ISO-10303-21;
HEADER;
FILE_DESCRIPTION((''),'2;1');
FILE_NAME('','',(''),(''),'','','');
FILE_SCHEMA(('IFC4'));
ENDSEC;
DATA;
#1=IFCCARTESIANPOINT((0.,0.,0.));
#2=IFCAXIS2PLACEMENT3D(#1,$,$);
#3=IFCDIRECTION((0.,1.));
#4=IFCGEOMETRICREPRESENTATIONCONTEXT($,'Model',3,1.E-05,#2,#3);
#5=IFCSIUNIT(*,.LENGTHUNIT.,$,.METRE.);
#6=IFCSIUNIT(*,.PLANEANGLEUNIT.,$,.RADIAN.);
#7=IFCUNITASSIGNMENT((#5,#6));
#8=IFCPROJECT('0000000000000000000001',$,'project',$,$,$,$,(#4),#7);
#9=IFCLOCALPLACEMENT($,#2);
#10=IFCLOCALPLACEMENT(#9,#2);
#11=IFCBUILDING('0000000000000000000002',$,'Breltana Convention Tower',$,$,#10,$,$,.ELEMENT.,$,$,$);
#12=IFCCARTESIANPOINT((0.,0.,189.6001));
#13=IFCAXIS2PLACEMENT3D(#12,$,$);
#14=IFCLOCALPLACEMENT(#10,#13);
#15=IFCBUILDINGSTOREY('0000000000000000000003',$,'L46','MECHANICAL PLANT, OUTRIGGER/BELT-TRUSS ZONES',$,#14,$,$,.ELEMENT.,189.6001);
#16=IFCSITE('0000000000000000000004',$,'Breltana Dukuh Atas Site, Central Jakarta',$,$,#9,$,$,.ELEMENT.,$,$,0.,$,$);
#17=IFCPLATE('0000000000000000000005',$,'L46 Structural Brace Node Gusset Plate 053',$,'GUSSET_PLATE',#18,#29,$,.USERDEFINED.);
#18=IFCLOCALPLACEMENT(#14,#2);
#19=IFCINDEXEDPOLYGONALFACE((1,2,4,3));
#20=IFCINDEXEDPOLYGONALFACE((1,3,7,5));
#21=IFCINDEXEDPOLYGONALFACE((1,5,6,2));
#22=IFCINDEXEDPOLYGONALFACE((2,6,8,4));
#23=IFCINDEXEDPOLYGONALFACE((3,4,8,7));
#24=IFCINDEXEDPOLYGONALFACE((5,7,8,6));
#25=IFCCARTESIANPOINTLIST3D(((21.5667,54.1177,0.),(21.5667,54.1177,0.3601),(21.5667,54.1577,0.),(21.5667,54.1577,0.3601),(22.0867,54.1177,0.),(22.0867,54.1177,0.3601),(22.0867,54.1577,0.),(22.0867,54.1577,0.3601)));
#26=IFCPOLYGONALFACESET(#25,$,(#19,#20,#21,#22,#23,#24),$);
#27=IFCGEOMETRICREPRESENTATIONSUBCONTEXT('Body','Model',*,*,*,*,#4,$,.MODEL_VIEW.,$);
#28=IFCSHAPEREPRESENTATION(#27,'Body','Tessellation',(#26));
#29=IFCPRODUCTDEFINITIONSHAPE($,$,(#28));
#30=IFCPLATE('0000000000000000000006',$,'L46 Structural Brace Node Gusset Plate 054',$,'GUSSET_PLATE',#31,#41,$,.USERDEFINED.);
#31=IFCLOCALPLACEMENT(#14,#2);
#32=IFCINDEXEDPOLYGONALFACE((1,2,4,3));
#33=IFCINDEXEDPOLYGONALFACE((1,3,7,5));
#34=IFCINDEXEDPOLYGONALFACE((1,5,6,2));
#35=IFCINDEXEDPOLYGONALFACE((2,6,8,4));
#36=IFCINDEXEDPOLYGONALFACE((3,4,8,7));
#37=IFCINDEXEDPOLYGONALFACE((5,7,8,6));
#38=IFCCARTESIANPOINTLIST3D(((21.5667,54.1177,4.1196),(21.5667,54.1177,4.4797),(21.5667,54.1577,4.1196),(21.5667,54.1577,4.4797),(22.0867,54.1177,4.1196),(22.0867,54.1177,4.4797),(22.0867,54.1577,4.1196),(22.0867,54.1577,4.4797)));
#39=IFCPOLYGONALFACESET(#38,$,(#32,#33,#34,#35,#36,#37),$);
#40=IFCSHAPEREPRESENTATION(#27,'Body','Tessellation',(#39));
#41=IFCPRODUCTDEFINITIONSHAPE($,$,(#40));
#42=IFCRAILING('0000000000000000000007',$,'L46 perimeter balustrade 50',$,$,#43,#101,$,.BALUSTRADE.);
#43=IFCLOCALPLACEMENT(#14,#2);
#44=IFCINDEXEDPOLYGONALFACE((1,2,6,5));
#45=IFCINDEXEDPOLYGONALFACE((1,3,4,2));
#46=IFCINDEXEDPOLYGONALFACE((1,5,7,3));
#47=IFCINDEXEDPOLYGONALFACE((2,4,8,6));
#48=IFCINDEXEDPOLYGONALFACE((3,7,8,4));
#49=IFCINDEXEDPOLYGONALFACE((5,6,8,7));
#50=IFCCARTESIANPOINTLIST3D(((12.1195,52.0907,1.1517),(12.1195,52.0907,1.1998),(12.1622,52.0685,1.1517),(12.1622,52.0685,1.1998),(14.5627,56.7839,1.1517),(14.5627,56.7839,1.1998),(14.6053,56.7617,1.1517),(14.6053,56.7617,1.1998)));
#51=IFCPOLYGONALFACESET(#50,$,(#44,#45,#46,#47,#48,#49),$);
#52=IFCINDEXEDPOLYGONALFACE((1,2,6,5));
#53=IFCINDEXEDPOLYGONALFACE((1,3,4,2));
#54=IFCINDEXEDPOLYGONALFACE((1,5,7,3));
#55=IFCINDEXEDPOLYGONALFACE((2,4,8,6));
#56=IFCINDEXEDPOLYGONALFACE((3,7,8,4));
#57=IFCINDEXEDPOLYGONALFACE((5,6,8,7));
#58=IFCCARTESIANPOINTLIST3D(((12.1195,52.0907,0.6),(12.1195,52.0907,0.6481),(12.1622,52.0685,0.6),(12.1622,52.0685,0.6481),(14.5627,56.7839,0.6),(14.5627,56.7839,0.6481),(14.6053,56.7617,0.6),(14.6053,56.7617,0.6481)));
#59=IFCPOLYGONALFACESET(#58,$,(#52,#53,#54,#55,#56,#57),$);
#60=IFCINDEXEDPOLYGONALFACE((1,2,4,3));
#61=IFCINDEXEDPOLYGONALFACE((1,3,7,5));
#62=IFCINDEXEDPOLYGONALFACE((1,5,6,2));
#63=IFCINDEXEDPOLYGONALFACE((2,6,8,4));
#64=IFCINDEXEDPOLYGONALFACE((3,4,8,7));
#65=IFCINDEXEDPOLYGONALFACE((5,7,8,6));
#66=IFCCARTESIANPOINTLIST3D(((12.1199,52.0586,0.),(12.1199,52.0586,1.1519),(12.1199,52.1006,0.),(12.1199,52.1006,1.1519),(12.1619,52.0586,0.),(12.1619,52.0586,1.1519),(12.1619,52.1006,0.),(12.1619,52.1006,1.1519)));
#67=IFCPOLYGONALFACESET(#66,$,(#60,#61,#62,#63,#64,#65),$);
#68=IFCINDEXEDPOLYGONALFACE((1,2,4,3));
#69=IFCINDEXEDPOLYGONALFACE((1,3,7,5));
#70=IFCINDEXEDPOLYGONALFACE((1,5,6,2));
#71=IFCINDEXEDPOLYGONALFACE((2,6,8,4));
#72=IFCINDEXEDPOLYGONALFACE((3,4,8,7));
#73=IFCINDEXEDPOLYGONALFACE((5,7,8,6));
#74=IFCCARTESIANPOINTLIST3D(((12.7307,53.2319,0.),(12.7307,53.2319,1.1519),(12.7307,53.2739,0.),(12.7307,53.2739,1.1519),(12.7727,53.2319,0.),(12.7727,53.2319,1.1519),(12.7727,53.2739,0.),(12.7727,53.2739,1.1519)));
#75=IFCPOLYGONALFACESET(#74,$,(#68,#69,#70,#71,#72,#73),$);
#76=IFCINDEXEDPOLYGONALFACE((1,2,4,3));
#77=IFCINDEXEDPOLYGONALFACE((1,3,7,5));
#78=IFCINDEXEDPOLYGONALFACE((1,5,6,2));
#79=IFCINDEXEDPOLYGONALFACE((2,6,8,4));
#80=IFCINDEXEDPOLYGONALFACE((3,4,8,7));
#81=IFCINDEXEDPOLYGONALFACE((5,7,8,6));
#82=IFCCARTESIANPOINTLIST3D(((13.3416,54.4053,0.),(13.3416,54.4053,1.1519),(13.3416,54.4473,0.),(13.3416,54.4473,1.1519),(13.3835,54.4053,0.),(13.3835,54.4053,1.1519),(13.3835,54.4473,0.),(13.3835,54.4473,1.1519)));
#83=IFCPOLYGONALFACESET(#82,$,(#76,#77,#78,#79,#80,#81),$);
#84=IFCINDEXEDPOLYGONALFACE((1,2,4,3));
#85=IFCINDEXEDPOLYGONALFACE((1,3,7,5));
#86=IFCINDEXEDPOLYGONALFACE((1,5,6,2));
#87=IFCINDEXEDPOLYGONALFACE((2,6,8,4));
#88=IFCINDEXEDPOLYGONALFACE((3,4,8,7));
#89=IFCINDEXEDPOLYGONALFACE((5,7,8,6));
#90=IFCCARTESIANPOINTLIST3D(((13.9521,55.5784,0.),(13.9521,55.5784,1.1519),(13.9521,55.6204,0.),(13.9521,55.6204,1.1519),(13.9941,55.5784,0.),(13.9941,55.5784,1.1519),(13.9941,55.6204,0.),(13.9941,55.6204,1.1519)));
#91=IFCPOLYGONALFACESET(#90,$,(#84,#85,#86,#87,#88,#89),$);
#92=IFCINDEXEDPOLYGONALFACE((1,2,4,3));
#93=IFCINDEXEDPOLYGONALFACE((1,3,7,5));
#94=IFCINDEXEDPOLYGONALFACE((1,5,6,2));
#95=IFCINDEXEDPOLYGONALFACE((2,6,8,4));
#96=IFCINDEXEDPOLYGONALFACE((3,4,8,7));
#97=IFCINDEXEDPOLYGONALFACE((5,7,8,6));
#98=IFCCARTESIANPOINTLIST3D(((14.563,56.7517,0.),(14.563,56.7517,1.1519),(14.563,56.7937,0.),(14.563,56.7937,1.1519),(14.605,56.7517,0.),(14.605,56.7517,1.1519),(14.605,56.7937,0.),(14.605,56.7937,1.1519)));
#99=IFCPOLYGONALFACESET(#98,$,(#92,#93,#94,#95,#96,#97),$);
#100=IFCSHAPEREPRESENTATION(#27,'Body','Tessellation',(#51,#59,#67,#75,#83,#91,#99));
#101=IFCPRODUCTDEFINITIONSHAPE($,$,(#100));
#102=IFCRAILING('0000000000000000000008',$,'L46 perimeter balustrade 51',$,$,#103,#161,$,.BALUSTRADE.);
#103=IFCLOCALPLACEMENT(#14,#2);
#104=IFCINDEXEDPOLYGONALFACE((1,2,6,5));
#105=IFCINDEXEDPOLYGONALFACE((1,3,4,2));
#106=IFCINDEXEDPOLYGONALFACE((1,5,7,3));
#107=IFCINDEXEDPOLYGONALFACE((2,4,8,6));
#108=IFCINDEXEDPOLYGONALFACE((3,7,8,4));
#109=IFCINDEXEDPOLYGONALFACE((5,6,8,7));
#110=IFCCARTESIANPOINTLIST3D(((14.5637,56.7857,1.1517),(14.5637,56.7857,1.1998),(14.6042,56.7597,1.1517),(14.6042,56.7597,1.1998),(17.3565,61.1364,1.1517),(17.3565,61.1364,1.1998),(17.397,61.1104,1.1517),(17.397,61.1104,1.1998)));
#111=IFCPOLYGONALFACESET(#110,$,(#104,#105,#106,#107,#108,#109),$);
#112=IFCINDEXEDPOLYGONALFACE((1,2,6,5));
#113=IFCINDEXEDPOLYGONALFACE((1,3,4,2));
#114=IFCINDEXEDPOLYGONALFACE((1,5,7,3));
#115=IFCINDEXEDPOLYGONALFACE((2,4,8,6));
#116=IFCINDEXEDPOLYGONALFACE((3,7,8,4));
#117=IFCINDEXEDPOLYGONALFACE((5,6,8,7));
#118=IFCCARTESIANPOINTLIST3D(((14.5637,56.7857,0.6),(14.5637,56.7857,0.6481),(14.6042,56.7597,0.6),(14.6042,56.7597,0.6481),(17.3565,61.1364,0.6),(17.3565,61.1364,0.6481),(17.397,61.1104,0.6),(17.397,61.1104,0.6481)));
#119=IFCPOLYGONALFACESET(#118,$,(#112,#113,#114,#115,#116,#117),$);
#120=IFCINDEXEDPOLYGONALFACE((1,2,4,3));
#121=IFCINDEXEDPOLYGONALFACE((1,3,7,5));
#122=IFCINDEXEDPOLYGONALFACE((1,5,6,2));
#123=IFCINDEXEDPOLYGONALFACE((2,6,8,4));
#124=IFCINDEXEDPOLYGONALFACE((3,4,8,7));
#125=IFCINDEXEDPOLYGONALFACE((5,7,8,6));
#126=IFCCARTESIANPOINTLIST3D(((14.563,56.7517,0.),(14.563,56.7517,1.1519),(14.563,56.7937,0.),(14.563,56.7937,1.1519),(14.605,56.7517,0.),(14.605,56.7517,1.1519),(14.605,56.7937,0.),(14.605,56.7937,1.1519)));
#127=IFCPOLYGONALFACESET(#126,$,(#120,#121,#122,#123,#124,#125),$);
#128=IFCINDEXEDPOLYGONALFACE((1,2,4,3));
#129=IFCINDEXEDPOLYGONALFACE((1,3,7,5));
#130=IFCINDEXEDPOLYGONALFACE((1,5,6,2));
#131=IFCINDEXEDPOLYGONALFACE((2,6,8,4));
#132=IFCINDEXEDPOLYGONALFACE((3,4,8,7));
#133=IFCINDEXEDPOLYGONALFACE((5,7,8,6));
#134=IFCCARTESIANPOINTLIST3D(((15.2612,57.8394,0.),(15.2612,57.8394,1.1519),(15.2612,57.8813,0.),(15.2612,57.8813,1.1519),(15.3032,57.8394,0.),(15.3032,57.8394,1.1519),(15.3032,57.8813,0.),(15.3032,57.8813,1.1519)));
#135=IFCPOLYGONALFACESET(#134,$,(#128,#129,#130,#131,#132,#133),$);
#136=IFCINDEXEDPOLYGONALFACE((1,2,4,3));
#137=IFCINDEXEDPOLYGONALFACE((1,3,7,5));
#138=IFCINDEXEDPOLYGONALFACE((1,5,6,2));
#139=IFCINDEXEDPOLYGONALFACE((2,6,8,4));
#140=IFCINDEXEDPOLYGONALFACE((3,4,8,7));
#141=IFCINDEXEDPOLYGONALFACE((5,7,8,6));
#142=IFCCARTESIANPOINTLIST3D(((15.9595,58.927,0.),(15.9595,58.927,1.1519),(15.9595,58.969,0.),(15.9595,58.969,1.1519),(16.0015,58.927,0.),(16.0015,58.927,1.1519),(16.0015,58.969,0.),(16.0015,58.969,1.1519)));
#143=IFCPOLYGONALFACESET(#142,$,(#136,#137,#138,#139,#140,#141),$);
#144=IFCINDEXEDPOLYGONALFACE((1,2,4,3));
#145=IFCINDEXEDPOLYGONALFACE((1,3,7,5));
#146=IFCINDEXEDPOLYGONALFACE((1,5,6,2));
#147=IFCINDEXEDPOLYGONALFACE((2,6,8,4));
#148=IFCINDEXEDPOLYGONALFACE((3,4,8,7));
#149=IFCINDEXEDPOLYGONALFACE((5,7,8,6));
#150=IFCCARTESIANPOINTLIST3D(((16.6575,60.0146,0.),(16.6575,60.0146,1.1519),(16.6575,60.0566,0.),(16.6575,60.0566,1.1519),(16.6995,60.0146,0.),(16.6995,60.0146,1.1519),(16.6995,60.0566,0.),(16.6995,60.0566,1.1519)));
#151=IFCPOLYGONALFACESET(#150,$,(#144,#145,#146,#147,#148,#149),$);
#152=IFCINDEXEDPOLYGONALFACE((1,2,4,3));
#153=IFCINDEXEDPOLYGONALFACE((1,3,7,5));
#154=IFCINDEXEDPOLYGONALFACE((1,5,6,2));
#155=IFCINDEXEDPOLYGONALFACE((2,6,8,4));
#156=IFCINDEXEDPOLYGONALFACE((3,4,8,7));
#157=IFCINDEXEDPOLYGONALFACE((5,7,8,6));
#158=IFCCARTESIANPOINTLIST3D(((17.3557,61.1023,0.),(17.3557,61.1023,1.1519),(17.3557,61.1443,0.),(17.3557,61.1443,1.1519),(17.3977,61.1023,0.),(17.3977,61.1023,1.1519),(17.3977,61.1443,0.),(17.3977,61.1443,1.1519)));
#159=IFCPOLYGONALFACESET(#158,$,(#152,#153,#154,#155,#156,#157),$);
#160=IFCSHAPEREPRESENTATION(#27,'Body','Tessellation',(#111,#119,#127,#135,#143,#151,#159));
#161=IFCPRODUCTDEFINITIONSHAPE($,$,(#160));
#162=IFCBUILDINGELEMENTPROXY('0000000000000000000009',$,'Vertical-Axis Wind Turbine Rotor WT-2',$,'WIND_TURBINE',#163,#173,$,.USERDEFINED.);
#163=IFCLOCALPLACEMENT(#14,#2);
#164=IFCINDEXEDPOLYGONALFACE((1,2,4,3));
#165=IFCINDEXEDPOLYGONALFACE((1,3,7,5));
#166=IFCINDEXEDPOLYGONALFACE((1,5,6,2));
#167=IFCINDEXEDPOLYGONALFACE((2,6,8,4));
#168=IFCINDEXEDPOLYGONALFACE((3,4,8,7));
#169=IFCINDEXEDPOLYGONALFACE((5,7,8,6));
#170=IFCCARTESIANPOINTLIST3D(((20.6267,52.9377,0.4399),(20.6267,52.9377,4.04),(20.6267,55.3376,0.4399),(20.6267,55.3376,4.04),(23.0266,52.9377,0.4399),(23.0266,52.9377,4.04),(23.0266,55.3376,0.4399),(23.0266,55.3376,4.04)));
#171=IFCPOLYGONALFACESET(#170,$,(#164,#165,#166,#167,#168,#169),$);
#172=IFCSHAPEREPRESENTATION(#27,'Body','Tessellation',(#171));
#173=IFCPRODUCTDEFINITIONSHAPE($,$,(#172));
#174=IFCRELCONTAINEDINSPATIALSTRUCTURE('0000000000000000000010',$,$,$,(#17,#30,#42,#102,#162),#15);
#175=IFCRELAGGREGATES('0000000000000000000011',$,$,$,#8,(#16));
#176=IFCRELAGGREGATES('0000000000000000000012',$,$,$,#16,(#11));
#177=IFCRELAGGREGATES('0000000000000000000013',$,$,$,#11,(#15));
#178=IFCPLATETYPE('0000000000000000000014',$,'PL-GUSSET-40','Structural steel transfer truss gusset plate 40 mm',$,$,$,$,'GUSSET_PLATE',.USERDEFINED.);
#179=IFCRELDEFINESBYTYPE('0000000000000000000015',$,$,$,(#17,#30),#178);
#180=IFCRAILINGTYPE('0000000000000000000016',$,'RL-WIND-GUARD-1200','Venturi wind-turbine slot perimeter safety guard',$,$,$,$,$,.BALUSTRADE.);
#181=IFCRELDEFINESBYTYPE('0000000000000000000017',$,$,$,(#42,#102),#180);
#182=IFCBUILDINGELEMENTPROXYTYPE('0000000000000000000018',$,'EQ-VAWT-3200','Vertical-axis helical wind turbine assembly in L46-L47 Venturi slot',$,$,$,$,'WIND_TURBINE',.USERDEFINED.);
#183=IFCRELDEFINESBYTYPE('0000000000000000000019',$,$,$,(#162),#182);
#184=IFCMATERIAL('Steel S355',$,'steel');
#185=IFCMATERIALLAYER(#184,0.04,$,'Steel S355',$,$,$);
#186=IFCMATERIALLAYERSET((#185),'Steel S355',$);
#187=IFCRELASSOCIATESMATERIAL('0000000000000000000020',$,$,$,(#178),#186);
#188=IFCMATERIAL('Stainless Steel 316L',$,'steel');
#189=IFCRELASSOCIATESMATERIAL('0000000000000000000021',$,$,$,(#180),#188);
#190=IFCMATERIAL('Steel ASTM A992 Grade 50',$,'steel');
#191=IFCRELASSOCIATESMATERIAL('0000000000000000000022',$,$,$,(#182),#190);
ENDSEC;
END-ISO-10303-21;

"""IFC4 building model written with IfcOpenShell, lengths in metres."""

from ifc_helpers import new_model, si_unit, direction, frame, origin, origin_2d, place, context, subcontext, project, spatial, rectangle, extrude, source, transform, mapped, material, layer, layer_set, type_object, type_shapes, element, save


model = new_model("IFC4")

# Units and contexts
model_context = context("Model", 3, precision=1e-05, world=origin(), true_north=direction((0.0, 1.0)))
body_context = subcontext(model_context, "Body", "Model", "MODEL_VIEW")
ifc_project = project(units=[si_unit("LENGTHUNIT", "METRE"), si_unit("PLANEANGLEUNIT", "RADIAN")], contexts=[model_context])

# Site, building, storey
site_placement = place(None, origin())
site = spatial("IfcSite", under=ifc_project, at=site_placement, Name="Breltana Dukuh Atas Site, Central Jakarta", CompositionType="ELEMENT", RefElevation=0.0)
building_placement = place(site_placement, origin())
building = spatial("IfcBuilding", under=site, at=building_placement, Name="Breltana Convention Tower", CompositionType="ELEMENT")
storey_placement = place(building_placement, frame((0.0, 0.0, 189.6001)))
storey = spatial("IfcBuildingStorey", under=building, at=storey_placement, Name="L46", Description="MECHANICAL PLANT, OUTRIGGER/BELT-TRUSS ZONES", CompositionType="ELEMENT", Elevation=189.6001)

# Shared definitions
ifc_material_1 = material(Name="Steel ASTM A992 Grade 50", Category="steel")

# Plates
ifc_material_2 = material(Name="Steel S355", Category="steel")
ifc_layer = layer(ifc_material_2, 0.04, Name="Steel S355")
ifc_layer_set = layer_set([ifc_layer], Name="Steel S355")
plate_type = type_object("IfcPlateType", Name="PL-GUSSET-40", Description="Structural steel transfer truss gusset plate 40 mm", ElementType="GUSSET_PLATE", PredefinedType="USERDEFINED", material=ifc_layer_set)
shared_shape_1 = source(origin(), body_context, "Body", "SweptSolid", [
    extrude(rectangle(XDim=0.52, YDim=0.04, at=origin_2d()), origin(), (0.0, 0.0, 1.0), 0.3601),
])
for number, where, z_axis, x_axis, name in (
    (1, (21.8267, 54.1377, 0.0), (0.0, 0.0, 1.0), (1.0, 0.0, 0.0), "L46 Structural Brace Node Gusset Plate 053"),
    (2, (21.8267, 54.1377, 4.1196), (0.0, 0.0, 1.0), (1.0, 0.0, 0.0), "L46 Structural Brace Node Gusset Plate 054"),
):
    element("IfcPlate", number, at=place(storey_placement, frame(where, z_axis=z_axis, x_axis=x_axis)), inside=storey, type_object=plate_type, Name=name, ObjectType="GUSSET_PLATE", PredefinedType="USERDEFINED", context=body_context, shape_type="MappedRepresentation", body=[
        mapped(shared_shape_1, transform((0.0, 0.0, 0.0), scale=1.0)),
    ])

# Railings
ifc_material_3 = material(Name="Stainless Steel 316L", Category="steel")
railing_type = type_object("IfcRailingType", Name="RL-WIND-GUARD-1200", Description="Venturi wind-turbine slot perimeter safety guard", PredefinedType="BALUSTRADE", material=ifc_material_3)
railing_1_placement = place(storey_placement, frame((12.1409, 52.0796, 0.0)))
element("IfcRailing", 3, at=railing_1_placement, inside=storey, type_object=railing_type, Name="L46 perimeter balustrade 50", PredefinedType="BALUSTRADE", context=body_context, shape_type="SweptSolid", body=[
    extrude(rectangle(XDim=0.0481, YDim=0.0481, at=origin_2d()), frame((0.0, 0.0, 1.1758), z_axis=(0.461754, 0.887008, 0.0), x_axis=(-0.887008, 0.461754, 0.0)), (0.0, 0.0, 1.0), 5.291),
    extrude(rectangle(XDim=0.0481, YDim=0.0481, at=origin_2d()), frame((0.0, 0.0, 0.624), z_axis=(0.461754, 0.887008, 0.0), x_axis=(-0.887008, 0.461754, 0.0)), (0.0, 0.0, 1.0), 5.291),
    extrude(rectangle(XDim=0.042, YDim=0.042, at=origin_2d()), origin(), (0.0, 0.0, 1.0), 1.1519),
    extrude(rectangle(XDim=0.042, YDim=0.042, at=origin_2d()), frame((0.6108, 1.1733, 0.0)), (0.0, 0.0, 1.0), 1.1519),
    extrude(rectangle(XDim=0.042, YDim=0.042, at=origin_2d()), frame((1.2217, 2.3467, 0.0)), (0.0, 0.0, 1.0), 1.1519),
    extrude(rectangle(XDim=0.042, YDim=0.042, at=origin_2d()), frame((1.8323, 3.5198, 0.0)), (0.0, 0.0, 1.0), 1.1519),
    extrude(rectangle(XDim=0.042, YDim=0.042, at=origin_2d()), frame((2.4431, 4.6931, 0.0)), (0.0, 0.0, 1.0), 1.1519),
])
railing_2_placement = place(storey_placement, frame((14.584, 56.7727, 0.0)))
element("IfcRailing", 4, at=railing_2_placement, inside=storey, type_object=railing_type, Name="L46 perimeter balustrade 51", PredefinedType="BALUSTRADE", context=body_context, shape_type="SweptSolid", body=[
    extrude(rectangle(XDim=0.0481, YDim=0.0481, at=origin_2d()), frame((0.0, 0.0, 1.1758), z_axis=(0.540199, 0.841537, 0.0), x_axis=(-0.841537, 0.540199, 0.0)), (0.0, 0.0, 1.0), 5.1699),
    extrude(rectangle(XDim=0.0481, YDim=0.0481, at=origin_2d()), frame((0.0, 0.0, 0.624), z_axis=(0.540199, 0.841537, 0.0), x_axis=(-0.841537, 0.540199, 0.0)), (0.0, 0.0, 1.0), 5.1699),
    extrude(rectangle(XDim=0.042, YDim=0.042, at=origin_2d()), origin(), (0.0, 0.0, 1.0), 1.1519),
    extrude(rectangle(XDim=0.042, YDim=0.042, at=origin_2d()), frame((0.6982, 1.0876, 0.0)), (0.0, 0.0, 1.0), 1.1519),
    extrude(rectangle(XDim=0.042, YDim=0.042, at=origin_2d()), frame((1.3965, 2.1753, 0.0)), (0.0, 0.0, 1.0), 1.1519),
    extrude(rectangle(XDim=0.042, YDim=0.042, at=origin_2d()), frame((2.0945, 3.2629, 0.0)), (0.0, 0.0, 1.0), 1.1519),
    extrude(rectangle(XDim=0.042, YDim=0.042, at=origin_2d()), frame((2.7927, 4.3506, 0.0)), (0.0, 0.0, 1.0), 1.1519),
])

# Building element proxy
building_element_proxy_type = type_object("IfcBuildingElementProxyType", Name="EQ-VAWT-3200", Description="Vertical-axis helical wind turbine assembly in L46-L47 Venturi slot", ElementType="WIND_TURBINE", PredefinedType="USERDEFINED", material=ifc_material_1)
shared_shape_2 = source(origin(), body_context, "Body", "SweptSolid", [
    extrude(rectangle(XDim=2.3999, YDim=2.3999, at=origin_2d()), origin(), (0.0, 0.0, 1.0), 3.6001),
])
type_shapes(building_element_proxy_type, [shared_shape_2])
proxy_placement = place(storey_placement, frame((21.8267, 54.1377, 0.4399), z_axis=(0.0, 0.0, 1.0), x_axis=(1.0, 0.0, 0.0)))
element("IfcBuildingElementProxy", 5, at=proxy_placement, inside=storey, type_object=building_element_proxy_type, Name="Vertical-Axis Wind Turbine Rotor WT-2", ObjectType="WIND_TURBINE", PredefinedType="USERDEFINED", context=body_context, shape_type="MappedRepresentation", body=[
    mapped(shared_shape_2, transform((0.0, 0.0, 0.0), scale=1.0)),
])

save(model, "model.ifc")
